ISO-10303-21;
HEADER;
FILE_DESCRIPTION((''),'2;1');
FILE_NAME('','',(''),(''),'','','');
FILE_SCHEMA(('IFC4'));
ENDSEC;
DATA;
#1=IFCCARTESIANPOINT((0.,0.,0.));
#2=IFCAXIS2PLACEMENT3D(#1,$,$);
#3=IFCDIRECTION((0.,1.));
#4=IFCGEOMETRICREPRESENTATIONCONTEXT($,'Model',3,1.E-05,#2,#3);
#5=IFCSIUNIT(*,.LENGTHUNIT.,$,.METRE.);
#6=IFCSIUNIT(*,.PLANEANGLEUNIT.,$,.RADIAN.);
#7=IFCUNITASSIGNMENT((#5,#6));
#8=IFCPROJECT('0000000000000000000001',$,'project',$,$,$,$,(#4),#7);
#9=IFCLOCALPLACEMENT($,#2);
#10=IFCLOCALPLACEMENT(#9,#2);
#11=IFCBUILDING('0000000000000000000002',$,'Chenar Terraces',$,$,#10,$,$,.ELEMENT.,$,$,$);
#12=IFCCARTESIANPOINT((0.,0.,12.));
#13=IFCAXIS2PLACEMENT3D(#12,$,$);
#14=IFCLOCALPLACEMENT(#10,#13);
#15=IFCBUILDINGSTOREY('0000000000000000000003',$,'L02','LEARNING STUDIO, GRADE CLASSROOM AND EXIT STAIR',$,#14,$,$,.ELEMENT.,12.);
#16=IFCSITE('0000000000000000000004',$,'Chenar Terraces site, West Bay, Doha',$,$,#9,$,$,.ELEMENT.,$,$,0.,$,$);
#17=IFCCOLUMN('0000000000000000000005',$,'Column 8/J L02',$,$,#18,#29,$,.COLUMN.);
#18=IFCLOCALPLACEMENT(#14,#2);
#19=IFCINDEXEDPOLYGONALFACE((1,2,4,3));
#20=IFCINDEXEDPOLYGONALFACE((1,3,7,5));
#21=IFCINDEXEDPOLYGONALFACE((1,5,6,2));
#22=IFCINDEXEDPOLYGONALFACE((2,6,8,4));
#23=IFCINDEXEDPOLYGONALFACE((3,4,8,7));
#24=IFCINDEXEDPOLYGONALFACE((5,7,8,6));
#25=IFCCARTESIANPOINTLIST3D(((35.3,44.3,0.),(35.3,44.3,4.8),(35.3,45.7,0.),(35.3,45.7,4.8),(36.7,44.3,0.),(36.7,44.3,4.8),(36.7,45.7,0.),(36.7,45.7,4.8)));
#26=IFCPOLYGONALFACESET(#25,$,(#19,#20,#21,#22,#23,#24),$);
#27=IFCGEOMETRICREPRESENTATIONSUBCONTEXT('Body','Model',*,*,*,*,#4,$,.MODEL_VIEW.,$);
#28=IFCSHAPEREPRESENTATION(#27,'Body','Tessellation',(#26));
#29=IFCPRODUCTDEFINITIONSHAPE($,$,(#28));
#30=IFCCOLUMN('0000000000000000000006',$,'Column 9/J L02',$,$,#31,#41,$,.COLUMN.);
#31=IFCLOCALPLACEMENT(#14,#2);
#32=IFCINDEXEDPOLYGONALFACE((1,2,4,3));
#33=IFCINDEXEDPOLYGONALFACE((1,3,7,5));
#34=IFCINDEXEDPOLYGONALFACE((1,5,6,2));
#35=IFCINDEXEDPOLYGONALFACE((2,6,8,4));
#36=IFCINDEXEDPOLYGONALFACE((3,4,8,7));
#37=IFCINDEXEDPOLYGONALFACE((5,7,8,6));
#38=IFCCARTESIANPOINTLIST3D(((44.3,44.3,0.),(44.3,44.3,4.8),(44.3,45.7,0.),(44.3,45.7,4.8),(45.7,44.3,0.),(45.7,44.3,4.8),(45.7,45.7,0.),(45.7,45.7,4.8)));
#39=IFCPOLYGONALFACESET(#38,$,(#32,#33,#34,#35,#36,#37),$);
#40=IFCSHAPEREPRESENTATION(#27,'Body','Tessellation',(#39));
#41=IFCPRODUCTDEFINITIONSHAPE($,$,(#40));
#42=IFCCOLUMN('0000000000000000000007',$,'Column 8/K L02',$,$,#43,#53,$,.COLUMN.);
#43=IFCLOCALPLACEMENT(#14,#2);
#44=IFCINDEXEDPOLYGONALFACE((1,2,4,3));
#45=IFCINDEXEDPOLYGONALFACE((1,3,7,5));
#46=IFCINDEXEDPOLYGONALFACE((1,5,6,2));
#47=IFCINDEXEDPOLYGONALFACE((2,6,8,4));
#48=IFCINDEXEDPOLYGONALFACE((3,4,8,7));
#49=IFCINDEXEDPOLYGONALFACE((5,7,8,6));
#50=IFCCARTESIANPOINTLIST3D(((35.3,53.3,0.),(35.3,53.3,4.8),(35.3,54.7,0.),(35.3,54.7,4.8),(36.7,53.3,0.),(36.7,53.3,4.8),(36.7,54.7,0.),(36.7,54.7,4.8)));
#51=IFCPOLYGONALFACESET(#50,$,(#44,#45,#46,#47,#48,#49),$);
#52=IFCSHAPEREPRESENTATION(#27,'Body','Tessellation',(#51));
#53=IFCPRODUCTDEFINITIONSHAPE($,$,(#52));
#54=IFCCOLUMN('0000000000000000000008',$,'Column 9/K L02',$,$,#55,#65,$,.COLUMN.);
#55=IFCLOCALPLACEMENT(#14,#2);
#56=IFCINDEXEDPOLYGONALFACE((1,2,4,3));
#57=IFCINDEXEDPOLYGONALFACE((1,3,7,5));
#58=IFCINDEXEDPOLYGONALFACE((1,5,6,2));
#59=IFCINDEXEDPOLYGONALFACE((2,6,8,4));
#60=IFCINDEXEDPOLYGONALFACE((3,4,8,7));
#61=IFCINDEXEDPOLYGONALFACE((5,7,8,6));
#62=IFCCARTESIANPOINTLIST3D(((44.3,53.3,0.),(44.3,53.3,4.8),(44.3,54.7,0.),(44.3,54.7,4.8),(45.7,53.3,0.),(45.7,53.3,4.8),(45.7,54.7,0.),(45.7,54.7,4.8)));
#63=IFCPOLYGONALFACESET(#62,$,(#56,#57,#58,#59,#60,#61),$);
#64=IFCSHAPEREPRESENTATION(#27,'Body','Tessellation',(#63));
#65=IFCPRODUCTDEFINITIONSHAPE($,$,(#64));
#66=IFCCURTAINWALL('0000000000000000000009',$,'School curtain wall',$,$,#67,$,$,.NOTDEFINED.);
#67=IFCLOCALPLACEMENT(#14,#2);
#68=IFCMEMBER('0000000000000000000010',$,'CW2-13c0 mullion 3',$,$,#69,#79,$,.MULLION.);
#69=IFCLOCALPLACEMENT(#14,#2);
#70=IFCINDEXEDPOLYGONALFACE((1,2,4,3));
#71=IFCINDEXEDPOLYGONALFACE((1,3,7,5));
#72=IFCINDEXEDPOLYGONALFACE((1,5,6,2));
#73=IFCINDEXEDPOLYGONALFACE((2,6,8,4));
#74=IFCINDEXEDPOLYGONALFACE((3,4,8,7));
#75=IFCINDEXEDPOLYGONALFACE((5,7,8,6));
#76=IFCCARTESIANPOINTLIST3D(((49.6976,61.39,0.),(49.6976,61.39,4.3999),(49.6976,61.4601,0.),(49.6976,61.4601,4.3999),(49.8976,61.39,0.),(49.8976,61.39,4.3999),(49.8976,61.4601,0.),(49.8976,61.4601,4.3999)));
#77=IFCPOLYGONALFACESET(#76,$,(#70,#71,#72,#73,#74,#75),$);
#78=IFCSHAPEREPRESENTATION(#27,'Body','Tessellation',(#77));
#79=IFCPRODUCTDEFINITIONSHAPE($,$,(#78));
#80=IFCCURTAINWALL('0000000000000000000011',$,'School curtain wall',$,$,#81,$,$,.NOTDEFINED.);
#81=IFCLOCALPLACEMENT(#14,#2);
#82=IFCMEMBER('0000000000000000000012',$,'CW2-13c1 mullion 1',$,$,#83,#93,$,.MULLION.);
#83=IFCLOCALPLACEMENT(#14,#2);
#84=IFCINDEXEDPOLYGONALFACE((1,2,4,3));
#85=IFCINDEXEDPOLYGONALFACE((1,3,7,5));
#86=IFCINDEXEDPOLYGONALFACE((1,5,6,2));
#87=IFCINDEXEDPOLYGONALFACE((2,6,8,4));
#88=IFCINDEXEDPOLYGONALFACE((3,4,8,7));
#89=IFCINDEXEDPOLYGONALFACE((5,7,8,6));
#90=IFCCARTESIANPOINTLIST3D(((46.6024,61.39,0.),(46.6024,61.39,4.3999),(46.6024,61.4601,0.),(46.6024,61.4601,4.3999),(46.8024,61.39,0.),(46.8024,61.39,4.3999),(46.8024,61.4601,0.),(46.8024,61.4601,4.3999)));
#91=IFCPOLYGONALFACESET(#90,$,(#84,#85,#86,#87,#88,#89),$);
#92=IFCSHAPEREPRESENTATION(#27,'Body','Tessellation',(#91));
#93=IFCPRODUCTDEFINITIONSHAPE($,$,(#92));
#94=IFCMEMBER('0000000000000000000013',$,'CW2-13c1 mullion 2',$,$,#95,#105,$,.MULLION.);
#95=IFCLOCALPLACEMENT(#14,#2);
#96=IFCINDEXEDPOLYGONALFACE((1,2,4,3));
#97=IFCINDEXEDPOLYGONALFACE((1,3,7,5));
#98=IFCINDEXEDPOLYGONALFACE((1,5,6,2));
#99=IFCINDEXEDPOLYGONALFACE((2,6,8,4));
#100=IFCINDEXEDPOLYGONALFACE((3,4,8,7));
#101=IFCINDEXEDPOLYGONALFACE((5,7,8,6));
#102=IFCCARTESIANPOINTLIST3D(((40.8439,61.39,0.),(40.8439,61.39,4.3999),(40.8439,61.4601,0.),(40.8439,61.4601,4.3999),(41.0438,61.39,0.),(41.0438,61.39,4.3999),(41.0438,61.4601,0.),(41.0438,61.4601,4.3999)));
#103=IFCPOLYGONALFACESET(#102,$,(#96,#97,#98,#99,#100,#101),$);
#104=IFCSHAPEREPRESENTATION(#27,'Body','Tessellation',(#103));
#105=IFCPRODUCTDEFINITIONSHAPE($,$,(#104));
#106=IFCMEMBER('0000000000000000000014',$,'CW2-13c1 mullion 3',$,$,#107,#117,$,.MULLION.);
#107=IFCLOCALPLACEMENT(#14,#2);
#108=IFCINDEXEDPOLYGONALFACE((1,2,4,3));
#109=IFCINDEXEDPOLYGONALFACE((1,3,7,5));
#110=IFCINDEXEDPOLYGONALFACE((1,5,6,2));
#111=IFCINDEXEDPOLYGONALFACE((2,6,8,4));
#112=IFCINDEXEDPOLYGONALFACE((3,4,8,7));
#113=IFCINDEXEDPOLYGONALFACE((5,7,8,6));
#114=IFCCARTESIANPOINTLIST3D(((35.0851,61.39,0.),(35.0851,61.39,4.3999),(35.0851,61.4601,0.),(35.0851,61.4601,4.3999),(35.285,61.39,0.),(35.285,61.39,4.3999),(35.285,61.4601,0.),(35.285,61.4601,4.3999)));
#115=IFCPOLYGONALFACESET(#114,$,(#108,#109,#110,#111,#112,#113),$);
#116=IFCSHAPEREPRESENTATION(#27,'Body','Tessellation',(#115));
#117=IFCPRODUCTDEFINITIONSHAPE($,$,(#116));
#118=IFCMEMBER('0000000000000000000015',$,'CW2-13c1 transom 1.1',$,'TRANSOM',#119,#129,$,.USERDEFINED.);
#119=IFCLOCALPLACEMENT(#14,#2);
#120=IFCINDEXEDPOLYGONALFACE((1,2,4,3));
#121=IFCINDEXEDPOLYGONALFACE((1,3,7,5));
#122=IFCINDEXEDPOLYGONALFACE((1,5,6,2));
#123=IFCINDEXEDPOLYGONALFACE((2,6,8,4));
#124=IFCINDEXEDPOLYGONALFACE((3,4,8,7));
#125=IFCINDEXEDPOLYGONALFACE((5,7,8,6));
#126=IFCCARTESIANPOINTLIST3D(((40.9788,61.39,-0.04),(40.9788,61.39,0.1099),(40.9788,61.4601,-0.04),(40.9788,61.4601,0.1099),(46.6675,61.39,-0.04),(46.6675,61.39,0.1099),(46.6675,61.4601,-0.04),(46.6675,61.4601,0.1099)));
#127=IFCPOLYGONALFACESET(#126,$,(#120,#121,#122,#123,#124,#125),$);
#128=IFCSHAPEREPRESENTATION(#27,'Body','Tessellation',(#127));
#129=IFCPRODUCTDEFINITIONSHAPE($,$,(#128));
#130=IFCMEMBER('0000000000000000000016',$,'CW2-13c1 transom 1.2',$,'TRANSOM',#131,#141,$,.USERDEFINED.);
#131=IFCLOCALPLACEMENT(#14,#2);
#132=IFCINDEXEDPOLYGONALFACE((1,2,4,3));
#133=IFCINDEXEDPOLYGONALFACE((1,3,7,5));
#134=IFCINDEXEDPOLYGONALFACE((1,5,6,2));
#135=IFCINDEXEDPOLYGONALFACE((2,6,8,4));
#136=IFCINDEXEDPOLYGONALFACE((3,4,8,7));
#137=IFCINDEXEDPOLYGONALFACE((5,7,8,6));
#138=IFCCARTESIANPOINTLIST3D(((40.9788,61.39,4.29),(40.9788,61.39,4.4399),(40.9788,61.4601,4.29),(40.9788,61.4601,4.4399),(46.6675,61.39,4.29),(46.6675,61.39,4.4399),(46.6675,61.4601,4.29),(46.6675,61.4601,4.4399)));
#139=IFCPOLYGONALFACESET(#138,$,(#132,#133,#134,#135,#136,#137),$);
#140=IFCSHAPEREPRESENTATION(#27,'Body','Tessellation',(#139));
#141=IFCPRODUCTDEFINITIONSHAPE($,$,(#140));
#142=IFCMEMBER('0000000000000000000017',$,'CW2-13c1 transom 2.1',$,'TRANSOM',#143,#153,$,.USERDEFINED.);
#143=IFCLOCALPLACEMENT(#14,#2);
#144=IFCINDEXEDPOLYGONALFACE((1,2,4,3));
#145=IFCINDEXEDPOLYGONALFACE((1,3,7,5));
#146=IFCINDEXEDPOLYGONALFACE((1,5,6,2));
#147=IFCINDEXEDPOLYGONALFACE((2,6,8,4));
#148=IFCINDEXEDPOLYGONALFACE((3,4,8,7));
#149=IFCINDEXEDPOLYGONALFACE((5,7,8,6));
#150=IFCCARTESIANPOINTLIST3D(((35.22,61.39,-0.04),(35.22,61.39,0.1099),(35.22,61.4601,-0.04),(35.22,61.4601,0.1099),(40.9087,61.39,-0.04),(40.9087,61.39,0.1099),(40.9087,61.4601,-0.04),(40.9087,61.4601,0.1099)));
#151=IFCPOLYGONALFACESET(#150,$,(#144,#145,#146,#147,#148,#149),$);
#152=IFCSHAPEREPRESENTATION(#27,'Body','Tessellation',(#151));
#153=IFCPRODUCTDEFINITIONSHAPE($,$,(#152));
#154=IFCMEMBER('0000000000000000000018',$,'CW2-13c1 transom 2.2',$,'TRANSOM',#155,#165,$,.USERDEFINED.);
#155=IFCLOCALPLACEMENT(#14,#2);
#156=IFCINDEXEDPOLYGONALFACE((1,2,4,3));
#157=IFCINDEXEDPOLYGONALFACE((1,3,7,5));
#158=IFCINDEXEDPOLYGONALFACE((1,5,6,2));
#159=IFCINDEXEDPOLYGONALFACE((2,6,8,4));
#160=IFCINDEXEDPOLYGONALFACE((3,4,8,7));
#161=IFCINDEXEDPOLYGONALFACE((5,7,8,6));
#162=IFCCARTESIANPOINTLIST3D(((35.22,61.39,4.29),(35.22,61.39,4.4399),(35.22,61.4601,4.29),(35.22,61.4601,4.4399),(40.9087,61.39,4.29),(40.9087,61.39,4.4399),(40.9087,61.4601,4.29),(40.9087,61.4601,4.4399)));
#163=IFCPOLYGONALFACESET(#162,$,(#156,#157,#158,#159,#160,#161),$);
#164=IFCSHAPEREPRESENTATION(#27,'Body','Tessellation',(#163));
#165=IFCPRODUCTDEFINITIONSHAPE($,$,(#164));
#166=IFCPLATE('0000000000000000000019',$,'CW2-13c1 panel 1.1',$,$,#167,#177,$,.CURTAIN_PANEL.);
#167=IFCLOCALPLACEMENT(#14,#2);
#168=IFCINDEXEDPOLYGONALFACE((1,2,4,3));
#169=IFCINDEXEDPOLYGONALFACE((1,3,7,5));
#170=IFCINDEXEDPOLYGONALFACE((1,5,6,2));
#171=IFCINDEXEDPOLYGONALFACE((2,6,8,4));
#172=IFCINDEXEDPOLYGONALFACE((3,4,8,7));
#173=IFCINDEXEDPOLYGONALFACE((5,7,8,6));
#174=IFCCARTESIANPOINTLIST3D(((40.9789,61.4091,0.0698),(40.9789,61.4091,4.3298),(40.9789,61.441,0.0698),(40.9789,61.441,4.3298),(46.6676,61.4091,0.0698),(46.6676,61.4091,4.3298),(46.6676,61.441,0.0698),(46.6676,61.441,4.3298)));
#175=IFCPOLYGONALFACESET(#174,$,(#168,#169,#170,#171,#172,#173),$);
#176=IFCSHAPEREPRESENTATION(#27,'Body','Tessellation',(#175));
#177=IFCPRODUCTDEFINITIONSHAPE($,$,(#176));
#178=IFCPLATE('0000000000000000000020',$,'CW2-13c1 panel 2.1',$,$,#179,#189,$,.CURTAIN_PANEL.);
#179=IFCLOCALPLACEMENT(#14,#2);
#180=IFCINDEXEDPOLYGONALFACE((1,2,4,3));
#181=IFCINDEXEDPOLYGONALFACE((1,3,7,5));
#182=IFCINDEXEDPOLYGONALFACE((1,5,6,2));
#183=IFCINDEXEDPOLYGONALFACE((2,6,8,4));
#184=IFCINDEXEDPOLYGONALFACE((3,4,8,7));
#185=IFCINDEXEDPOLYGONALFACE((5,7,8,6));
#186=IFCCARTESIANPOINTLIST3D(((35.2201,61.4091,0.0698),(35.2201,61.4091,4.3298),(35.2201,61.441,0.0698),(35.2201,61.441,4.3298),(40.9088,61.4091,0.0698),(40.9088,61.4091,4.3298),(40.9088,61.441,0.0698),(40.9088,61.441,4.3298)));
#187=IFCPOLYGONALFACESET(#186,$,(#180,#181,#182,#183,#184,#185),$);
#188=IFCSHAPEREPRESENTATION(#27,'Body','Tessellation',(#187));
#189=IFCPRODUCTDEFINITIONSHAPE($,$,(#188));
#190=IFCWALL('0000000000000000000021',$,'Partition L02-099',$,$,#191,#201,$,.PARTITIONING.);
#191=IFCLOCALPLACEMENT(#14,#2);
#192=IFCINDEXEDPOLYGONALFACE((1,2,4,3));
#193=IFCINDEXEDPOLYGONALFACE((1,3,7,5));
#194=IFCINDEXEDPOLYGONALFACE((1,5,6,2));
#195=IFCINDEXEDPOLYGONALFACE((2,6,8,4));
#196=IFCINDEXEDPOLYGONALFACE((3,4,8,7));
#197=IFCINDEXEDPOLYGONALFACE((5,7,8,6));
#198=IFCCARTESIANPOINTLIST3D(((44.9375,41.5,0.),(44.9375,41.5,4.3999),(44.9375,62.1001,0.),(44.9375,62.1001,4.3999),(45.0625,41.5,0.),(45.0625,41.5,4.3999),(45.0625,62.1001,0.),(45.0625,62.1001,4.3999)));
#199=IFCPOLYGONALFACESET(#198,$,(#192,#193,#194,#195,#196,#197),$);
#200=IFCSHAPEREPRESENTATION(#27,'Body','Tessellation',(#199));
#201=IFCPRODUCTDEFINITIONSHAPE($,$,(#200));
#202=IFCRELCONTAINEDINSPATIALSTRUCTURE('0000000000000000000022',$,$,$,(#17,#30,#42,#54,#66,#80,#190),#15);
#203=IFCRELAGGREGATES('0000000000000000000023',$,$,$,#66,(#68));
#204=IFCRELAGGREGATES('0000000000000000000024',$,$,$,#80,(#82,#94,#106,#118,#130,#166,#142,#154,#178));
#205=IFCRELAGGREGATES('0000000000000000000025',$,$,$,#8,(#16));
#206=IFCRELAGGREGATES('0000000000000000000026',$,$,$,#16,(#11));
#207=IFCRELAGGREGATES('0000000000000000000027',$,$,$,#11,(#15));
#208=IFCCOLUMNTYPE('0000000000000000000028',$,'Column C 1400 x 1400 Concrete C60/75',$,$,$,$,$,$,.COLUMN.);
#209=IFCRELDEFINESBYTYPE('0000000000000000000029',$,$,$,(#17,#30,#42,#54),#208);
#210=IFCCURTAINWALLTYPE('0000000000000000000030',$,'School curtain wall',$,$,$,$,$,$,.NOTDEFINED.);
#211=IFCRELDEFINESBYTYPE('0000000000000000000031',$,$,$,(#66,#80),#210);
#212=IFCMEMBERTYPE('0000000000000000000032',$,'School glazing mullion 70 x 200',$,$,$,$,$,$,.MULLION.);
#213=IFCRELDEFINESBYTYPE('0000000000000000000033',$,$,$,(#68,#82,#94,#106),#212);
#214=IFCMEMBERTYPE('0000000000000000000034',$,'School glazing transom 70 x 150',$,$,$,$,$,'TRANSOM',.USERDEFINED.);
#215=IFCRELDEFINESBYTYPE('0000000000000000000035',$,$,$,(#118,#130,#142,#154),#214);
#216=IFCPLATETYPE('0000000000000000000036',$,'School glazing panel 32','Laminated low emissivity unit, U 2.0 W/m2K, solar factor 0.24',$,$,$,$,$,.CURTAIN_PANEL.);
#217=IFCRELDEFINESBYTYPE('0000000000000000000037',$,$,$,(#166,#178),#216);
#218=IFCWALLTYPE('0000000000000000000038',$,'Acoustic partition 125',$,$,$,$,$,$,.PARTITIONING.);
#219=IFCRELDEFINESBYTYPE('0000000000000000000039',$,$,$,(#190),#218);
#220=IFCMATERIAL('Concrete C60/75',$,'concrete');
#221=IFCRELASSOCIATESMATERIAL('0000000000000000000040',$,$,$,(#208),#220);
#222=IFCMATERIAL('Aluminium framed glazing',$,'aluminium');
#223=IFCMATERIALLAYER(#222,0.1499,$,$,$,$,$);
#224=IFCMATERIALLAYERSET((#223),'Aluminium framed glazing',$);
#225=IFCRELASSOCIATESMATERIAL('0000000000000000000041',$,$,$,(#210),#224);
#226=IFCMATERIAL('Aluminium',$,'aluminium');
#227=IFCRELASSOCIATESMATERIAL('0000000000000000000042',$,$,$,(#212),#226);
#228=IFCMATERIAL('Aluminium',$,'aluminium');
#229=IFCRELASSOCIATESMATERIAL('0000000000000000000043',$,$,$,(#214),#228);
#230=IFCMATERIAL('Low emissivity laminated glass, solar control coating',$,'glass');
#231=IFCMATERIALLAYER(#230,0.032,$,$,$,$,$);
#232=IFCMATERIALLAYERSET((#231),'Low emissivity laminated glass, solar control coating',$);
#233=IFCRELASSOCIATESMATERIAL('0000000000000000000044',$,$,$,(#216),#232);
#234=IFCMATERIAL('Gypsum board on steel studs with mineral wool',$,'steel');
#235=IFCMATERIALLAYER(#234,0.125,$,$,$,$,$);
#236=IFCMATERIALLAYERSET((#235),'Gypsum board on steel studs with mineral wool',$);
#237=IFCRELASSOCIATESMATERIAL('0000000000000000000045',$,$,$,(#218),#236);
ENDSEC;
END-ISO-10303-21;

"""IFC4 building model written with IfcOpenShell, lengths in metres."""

from ifc_helpers import new_model, si_unit, direction, frame, frame_2d, origin, origin_2d, place, context, subcontext, project, spatial, rectangle, extrude, material, layer, layer_set, material_profile, profile_set, type_object, element, aggregate, save


model = new_model("IFC4")

# Units and contexts
model_context = context("Model", 3, precision=1e-05, world=origin(), true_north=direction((0.0, 1.0)))
body_context = subcontext(model_context, "Body", "Model", "MODEL_VIEW")
ifc_project = project(units=[si_unit("LENGTHUNIT", "METRE"), si_unit("PLANEANGLEUNIT", "RADIAN")], contexts=[model_context])

# Site, building, storey
site_placement = place(None, origin())
site = spatial("IfcSite", under=ifc_project, at=site_placement, Name="Chenar Terraces site, West Bay, Doha", CompositionType="ELEMENT", RefElevation=0.0)
building_placement = place(site_placement, origin())
building = spatial("IfcBuilding", under=site, at=building_placement, Name="Chenar Terraces", CompositionType="ELEMENT")
storey_placement = place(building_placement, frame((0.0, 0.0, 12.0)))
storey = spatial("IfcBuildingStorey", under=building, at=storey_placement, Name="L02", Description="LEARNING STUDIO, GRADE CLASSROOM AND EXIT STAIR", CompositionType="ELEMENT", Elevation=12.0)

# Columns
ifc_material_1 = material(Name="Concrete C60/75", Category="concrete")
ifc_material_profile_1 = material_profile(ifc_material_1, rectangle(XDim=1.3999, YDim=1.3999, at=origin_2d()), Name="C 1400 x 1400")
ifc_profile_set_1 = profile_set([ifc_material_profile_1], Name="Concrete C60/75")
column_type = type_object("IfcColumnType", Name="Column C 1400 x 1400 Concrete C60/75", PredefinedType="COLUMN", material=ifc_profile_set_1)
for number, where, z_axis, x_axis, name in (
    (1, (36.0, 45.0, 0.0), (0.0, 0.0, 1.0), (1.0, 0.0, 0.0), "Column 8/J L02"),
    (2, (45.0, 45.0, 0.0), (0.0, 0.0, 1.0), (1.0, 0.0, 0.0), "Column 9/J L02"),
    (3, (36.0, 54.0, 0.0), (0.0, 0.0, 1.0), (1.0, 0.0, 0.0), "Column 8/K L02"),
    (4, (45.0, 54.0, 0.0), (0.0, 0.0, 1.0), (1.0, 0.0, 0.0), "Column 9/K L02"),
):
    element("IfcColumn", number, at=place(storey_placement, frame(where, z_axis=z_axis, x_axis=x_axis)), inside=storey, type_object=column_type, Name=name, PredefinedType="COLUMN", context=body_context, shape_type="SweptSolid", body=[
        extrude(rectangle(XDim=1.3999, YDim=1.3999, at=origin_2d()), origin(), (0.0, 0.0, 1.0), 4.8),
    ])

# Curtain wall, member
ifc_material_2 = material(Name="Aluminium framed glazing", Category="aluminium")
ifc_layer_1 = layer(ifc_material_2, 0.1499)
ifc_layer_set_1 = layer_set([ifc_layer_1], Name="Aluminium framed glazing")
curtain_wall_type = type_object("IfcCurtainWallType", Name="School curtain wall", PredefinedType="NOTDEFINED", material=ifc_layer_set_1)
placement = place(storey_placement, origin())
curtain_wall_1 = element("IfcCurtainWall", 5, at=placement, inside=storey, type_object=curtain_wall_type, Name="School curtain wall", PredefinedType="NOTDEFINED")
ifc_material_3 = material(Name="Aluminium", Category="aluminium")
ifc_material_profile_2 = material_profile(ifc_material_3, rectangle(XDim=0.0701, YDim=0.2, at=origin_2d()), Name="School glazing mullion 70 x 200")
ifc_profile_set_2 = profile_set([ifc_material_profile_2], Name="Aluminium")
member_type_1 = type_object("IfcMemberType", Name="School glazing mullion 70 x 200", PredefinedType="MULLION", material=ifc_profile_set_2)
member_1_placement = place(storey_placement, frame((49.7976, 61.425, 0.0), z_axis=(0.0, 0.0, 1.0), x_axis=(0.0, -1.0, 0.0)))
member_1 = element("IfcMember", 6, at=member_1_placement, type_object=member_type_1, Name="CW2-13c0 mullion 3", PredefinedType="MULLION", context=body_context, shape_type="SweptSolid", body=[
    extrude(rectangle(XDim=0.0701, YDim=0.2, at=origin_2d()), origin(), (0.0, 0.0, 1.0), 4.3999),
])
aggregate(curtain_wall_1, [member_1])

# Curtain wall, members, plates
curtain_wall_2 = element("IfcCurtainWall", 7, at=placement, inside=storey, type_object=curtain_wall_type, Name="School curtain wall", PredefinedType="NOTDEFINED")
member_2_placement = place(storey_placement, frame((46.7024, 61.425, 0.0), z_axis=(0.0, 0.0, 1.0), x_axis=(0.0, -1.0, 0.0)))
member_2 = element("IfcMember", 8, at=member_2_placement, type_object=member_type_1, Name="CW2-13c1 mullion 1", PredefinedType="MULLION", context=body_context, shape_type="SweptSolid", body=[
    extrude(rectangle(XDim=0.0701, YDim=0.2, at=origin_2d()), origin(), (0.0, 0.0, 1.0), 4.3999),
])
member_3_placement = place(storey_placement, frame((40.9438, 61.425, 0.0), z_axis=(0.0, 0.0, 1.0), x_axis=(0.0, -1.0, 0.0)))
member_3 = element("IfcMember", 9, at=member_3_placement, type_object=member_type_1, Name="CW2-13c1 mullion 2", PredefinedType="MULLION", context=body_context, shape_type="SweptSolid", body=[
    extrude(rectangle(XDim=0.0701, YDim=0.2, at=origin_2d()), origin(), (0.0, 0.0, 1.0), 4.3999),
])
member_4_placement = place(storey_placement, frame((35.1851, 61.425, 0.0), z_axis=(0.0, 0.0, 1.0), x_axis=(0.0, -1.0, 0.0)))
member_4 = element("IfcMember", 10, at=member_4_placement, type_object=member_type_1, Name="CW2-13c1 mullion 3", PredefinedType="MULLION", context=body_context, shape_type="SweptSolid", body=[
    extrude(rectangle(XDim=0.0701, YDim=0.2, at=origin_2d()), origin(), (0.0, 0.0, 1.0), 4.3999),
])
ifc_material_4 = material(Name="Aluminium", Category="aluminium")
ifc_material_profile_3 = material_profile(ifc_material_4, rectangle(XDim=0.0701, YDim=0.1499, at=origin_2d()), Name="School glazing transom 70 x 150")
ifc_profile_set_3 = profile_set([ifc_material_profile_3], Name="Aluminium")
member_type_2 = type_object("IfcMemberType", Name="School glazing transom 70 x 150", ElementType="TRANSOM", PredefinedType="USERDEFINED", material=ifc_profile_set_3)
member_5_placement = place(storey_placement, frame((46.6675, 61.425, 0.0349), z_axis=(-1.0, 0.0, 0.0), x_axis=(0.0, -1.0, 0.0)))
member_5 = element("IfcMember", 11, at=member_5_placement, type_object=member_type_2, Name="CW2-13c1 transom 1.1", ObjectType="TRANSOM", PredefinedType="USERDEFINED", context=body_context, shape_type="SweptSolid", body=[
    extrude(rectangle(XDim=0.0701, YDim=0.1499, at=origin_2d()), origin(), (0.0, 0.0, 1.0), 5.6887),
])
member_6_placement = place(storey_placement, frame((46.6675, 61.425, 4.365), z_axis=(-1.0, 0.0, 0.0), x_axis=(0.0, -1.0, 0.0)))
member_6 = element("IfcMember", 12, at=member_6_placement, type_object=member_type_2, Name="CW2-13c1 transom 1.2", ObjectType="TRANSOM", PredefinedType="USERDEFINED", context=body_context, shape_type="SweptSolid", body=[
    extrude(rectangle(XDim=0.0701, YDim=0.1499, at=origin_2d()), origin(), (0.0, 0.0, 1.0), 5.6887),
])
member_7_placement = place(storey_placement, frame((40.9087, 61.425, 0.0349), z_axis=(-1.0, 0.0, 0.0), x_axis=(0.0, -1.0, 0.0)))
member_7 = element("IfcMember", 13, at=member_7_placement, type_object=member_type_2, Name="CW2-13c1 transom 2.1", ObjectType="TRANSOM", PredefinedType="USERDEFINED", context=body_context, shape_type="SweptSolid", body=[
    extrude(rectangle(XDim=0.0701, YDim=0.1499, at=origin_2d()), origin(), (0.0, 0.0, 1.0), 5.6887),
])
member_8_placement = place(storey_placement, frame((40.9087, 61.425, 4.365), z_axis=(-1.0, 0.0, 0.0), x_axis=(0.0, -1.0, 0.0)))
member_8 = element("IfcMember", 14, at=member_8_placement, type_object=member_type_2, Name="CW2-13c1 transom 2.2", ObjectType="TRANSOM", PredefinedType="USERDEFINED", context=body_context, shape_type="SweptSolid", body=[
    extrude(rectangle(XDim=0.0701, YDim=0.1499, at=origin_2d()), origin(), (0.0, 0.0, 1.0), 5.6887),
])
ifc_material_5 = material(Name="Low emissivity laminated glass, solar control coating", Category="glass")
ifc_layer_2 = layer(ifc_material_5, 0.032)
ifc_layer_set_2 = layer_set([ifc_layer_2], Name="Low emissivity laminated glass, solar control coating")
plate_type = type_object("IfcPlateType", Name="School glazing panel 32", Description="Laminated low emissivity unit, U 2.0 W/m2K, solar factor 0.24", PredefinedType="CURTAIN_PANEL", material=ifc_layer_set_2)
plate_1_placement = place(storey_placement, frame((43.8232, 61.425, 0.0698), z_axis=(0.0, 0.0, 1.0), x_axis=(-1.0, 0.0, 0.0)))
plate_1 = element("IfcPlate", 15, at=plate_1_placement, type_object=plate_type, Name="CW2-13c1 panel 1.1", PredefinedType="CURTAIN_PANEL", context=body_context, shape_type="SweptSolid", body=[
    extrude(rectangle(XDim=5.6887, YDim=0.032, at=origin_2d()), origin(), (0.0, 0.0, 1.0), 4.26),
])
plate_2_placement = place(storey_placement, frame((38.0645, 61.425, 0.0698), z_axis=(0.0, 0.0, 1.0), x_axis=(-1.0, 0.0, 0.0)))
plate_2 = element("IfcPlate", 16, at=plate_2_placement, type_object=plate_type, Name="CW2-13c1 panel 2.1", PredefinedType="CURTAIN_PANEL", context=body_context, shape_type="SweptSolid", body=[
    extrude(rectangle(XDim=5.6887, YDim=0.032, at=origin_2d()), origin(), (0.0, 0.0, 1.0), 4.26),
])
aggregate(curtain_wall_2, [member_2, member_3, member_4, member_5, member_6, plate_1, member_7, member_8, plate_2])

# Wall
ifc_material_6 = material(Name="Gypsum board on steel studs with mineral wool", Category="steel")
ifc_layer_3 = layer(ifc_material_6, 0.125)
ifc_layer_set_3 = layer_set([ifc_layer_3], Name="Gypsum board on steel studs with mineral wool")
wall_type_1 = type_object("IfcWallType", Name="Acoustic partition 125", PredefinedType="PARTITIONING", material=ifc_layer_set_3)
wall_1_placement = place(storey_placement, frame((45.0, 41.5, 0.0), z_axis=(0.0, 0.0, 1.0), x_axis=(0.0, 1.0, 0.0)))
element("IfcWall", 17, at=wall_1_placement, inside=storey, type_object=wall_type_1, Name="Partition L02-099", PredefinedType="PARTITIONING", context=body_context, shape_type="SweptSolid", body=[
    extrude(rectangle(XDim=20.6001, YDim=0.125, at=frame_2d((10.3, 0.0))), origin(), (0.0, 0.0, 1.0), 4.3999),
])

save(model, "model.ifc")
